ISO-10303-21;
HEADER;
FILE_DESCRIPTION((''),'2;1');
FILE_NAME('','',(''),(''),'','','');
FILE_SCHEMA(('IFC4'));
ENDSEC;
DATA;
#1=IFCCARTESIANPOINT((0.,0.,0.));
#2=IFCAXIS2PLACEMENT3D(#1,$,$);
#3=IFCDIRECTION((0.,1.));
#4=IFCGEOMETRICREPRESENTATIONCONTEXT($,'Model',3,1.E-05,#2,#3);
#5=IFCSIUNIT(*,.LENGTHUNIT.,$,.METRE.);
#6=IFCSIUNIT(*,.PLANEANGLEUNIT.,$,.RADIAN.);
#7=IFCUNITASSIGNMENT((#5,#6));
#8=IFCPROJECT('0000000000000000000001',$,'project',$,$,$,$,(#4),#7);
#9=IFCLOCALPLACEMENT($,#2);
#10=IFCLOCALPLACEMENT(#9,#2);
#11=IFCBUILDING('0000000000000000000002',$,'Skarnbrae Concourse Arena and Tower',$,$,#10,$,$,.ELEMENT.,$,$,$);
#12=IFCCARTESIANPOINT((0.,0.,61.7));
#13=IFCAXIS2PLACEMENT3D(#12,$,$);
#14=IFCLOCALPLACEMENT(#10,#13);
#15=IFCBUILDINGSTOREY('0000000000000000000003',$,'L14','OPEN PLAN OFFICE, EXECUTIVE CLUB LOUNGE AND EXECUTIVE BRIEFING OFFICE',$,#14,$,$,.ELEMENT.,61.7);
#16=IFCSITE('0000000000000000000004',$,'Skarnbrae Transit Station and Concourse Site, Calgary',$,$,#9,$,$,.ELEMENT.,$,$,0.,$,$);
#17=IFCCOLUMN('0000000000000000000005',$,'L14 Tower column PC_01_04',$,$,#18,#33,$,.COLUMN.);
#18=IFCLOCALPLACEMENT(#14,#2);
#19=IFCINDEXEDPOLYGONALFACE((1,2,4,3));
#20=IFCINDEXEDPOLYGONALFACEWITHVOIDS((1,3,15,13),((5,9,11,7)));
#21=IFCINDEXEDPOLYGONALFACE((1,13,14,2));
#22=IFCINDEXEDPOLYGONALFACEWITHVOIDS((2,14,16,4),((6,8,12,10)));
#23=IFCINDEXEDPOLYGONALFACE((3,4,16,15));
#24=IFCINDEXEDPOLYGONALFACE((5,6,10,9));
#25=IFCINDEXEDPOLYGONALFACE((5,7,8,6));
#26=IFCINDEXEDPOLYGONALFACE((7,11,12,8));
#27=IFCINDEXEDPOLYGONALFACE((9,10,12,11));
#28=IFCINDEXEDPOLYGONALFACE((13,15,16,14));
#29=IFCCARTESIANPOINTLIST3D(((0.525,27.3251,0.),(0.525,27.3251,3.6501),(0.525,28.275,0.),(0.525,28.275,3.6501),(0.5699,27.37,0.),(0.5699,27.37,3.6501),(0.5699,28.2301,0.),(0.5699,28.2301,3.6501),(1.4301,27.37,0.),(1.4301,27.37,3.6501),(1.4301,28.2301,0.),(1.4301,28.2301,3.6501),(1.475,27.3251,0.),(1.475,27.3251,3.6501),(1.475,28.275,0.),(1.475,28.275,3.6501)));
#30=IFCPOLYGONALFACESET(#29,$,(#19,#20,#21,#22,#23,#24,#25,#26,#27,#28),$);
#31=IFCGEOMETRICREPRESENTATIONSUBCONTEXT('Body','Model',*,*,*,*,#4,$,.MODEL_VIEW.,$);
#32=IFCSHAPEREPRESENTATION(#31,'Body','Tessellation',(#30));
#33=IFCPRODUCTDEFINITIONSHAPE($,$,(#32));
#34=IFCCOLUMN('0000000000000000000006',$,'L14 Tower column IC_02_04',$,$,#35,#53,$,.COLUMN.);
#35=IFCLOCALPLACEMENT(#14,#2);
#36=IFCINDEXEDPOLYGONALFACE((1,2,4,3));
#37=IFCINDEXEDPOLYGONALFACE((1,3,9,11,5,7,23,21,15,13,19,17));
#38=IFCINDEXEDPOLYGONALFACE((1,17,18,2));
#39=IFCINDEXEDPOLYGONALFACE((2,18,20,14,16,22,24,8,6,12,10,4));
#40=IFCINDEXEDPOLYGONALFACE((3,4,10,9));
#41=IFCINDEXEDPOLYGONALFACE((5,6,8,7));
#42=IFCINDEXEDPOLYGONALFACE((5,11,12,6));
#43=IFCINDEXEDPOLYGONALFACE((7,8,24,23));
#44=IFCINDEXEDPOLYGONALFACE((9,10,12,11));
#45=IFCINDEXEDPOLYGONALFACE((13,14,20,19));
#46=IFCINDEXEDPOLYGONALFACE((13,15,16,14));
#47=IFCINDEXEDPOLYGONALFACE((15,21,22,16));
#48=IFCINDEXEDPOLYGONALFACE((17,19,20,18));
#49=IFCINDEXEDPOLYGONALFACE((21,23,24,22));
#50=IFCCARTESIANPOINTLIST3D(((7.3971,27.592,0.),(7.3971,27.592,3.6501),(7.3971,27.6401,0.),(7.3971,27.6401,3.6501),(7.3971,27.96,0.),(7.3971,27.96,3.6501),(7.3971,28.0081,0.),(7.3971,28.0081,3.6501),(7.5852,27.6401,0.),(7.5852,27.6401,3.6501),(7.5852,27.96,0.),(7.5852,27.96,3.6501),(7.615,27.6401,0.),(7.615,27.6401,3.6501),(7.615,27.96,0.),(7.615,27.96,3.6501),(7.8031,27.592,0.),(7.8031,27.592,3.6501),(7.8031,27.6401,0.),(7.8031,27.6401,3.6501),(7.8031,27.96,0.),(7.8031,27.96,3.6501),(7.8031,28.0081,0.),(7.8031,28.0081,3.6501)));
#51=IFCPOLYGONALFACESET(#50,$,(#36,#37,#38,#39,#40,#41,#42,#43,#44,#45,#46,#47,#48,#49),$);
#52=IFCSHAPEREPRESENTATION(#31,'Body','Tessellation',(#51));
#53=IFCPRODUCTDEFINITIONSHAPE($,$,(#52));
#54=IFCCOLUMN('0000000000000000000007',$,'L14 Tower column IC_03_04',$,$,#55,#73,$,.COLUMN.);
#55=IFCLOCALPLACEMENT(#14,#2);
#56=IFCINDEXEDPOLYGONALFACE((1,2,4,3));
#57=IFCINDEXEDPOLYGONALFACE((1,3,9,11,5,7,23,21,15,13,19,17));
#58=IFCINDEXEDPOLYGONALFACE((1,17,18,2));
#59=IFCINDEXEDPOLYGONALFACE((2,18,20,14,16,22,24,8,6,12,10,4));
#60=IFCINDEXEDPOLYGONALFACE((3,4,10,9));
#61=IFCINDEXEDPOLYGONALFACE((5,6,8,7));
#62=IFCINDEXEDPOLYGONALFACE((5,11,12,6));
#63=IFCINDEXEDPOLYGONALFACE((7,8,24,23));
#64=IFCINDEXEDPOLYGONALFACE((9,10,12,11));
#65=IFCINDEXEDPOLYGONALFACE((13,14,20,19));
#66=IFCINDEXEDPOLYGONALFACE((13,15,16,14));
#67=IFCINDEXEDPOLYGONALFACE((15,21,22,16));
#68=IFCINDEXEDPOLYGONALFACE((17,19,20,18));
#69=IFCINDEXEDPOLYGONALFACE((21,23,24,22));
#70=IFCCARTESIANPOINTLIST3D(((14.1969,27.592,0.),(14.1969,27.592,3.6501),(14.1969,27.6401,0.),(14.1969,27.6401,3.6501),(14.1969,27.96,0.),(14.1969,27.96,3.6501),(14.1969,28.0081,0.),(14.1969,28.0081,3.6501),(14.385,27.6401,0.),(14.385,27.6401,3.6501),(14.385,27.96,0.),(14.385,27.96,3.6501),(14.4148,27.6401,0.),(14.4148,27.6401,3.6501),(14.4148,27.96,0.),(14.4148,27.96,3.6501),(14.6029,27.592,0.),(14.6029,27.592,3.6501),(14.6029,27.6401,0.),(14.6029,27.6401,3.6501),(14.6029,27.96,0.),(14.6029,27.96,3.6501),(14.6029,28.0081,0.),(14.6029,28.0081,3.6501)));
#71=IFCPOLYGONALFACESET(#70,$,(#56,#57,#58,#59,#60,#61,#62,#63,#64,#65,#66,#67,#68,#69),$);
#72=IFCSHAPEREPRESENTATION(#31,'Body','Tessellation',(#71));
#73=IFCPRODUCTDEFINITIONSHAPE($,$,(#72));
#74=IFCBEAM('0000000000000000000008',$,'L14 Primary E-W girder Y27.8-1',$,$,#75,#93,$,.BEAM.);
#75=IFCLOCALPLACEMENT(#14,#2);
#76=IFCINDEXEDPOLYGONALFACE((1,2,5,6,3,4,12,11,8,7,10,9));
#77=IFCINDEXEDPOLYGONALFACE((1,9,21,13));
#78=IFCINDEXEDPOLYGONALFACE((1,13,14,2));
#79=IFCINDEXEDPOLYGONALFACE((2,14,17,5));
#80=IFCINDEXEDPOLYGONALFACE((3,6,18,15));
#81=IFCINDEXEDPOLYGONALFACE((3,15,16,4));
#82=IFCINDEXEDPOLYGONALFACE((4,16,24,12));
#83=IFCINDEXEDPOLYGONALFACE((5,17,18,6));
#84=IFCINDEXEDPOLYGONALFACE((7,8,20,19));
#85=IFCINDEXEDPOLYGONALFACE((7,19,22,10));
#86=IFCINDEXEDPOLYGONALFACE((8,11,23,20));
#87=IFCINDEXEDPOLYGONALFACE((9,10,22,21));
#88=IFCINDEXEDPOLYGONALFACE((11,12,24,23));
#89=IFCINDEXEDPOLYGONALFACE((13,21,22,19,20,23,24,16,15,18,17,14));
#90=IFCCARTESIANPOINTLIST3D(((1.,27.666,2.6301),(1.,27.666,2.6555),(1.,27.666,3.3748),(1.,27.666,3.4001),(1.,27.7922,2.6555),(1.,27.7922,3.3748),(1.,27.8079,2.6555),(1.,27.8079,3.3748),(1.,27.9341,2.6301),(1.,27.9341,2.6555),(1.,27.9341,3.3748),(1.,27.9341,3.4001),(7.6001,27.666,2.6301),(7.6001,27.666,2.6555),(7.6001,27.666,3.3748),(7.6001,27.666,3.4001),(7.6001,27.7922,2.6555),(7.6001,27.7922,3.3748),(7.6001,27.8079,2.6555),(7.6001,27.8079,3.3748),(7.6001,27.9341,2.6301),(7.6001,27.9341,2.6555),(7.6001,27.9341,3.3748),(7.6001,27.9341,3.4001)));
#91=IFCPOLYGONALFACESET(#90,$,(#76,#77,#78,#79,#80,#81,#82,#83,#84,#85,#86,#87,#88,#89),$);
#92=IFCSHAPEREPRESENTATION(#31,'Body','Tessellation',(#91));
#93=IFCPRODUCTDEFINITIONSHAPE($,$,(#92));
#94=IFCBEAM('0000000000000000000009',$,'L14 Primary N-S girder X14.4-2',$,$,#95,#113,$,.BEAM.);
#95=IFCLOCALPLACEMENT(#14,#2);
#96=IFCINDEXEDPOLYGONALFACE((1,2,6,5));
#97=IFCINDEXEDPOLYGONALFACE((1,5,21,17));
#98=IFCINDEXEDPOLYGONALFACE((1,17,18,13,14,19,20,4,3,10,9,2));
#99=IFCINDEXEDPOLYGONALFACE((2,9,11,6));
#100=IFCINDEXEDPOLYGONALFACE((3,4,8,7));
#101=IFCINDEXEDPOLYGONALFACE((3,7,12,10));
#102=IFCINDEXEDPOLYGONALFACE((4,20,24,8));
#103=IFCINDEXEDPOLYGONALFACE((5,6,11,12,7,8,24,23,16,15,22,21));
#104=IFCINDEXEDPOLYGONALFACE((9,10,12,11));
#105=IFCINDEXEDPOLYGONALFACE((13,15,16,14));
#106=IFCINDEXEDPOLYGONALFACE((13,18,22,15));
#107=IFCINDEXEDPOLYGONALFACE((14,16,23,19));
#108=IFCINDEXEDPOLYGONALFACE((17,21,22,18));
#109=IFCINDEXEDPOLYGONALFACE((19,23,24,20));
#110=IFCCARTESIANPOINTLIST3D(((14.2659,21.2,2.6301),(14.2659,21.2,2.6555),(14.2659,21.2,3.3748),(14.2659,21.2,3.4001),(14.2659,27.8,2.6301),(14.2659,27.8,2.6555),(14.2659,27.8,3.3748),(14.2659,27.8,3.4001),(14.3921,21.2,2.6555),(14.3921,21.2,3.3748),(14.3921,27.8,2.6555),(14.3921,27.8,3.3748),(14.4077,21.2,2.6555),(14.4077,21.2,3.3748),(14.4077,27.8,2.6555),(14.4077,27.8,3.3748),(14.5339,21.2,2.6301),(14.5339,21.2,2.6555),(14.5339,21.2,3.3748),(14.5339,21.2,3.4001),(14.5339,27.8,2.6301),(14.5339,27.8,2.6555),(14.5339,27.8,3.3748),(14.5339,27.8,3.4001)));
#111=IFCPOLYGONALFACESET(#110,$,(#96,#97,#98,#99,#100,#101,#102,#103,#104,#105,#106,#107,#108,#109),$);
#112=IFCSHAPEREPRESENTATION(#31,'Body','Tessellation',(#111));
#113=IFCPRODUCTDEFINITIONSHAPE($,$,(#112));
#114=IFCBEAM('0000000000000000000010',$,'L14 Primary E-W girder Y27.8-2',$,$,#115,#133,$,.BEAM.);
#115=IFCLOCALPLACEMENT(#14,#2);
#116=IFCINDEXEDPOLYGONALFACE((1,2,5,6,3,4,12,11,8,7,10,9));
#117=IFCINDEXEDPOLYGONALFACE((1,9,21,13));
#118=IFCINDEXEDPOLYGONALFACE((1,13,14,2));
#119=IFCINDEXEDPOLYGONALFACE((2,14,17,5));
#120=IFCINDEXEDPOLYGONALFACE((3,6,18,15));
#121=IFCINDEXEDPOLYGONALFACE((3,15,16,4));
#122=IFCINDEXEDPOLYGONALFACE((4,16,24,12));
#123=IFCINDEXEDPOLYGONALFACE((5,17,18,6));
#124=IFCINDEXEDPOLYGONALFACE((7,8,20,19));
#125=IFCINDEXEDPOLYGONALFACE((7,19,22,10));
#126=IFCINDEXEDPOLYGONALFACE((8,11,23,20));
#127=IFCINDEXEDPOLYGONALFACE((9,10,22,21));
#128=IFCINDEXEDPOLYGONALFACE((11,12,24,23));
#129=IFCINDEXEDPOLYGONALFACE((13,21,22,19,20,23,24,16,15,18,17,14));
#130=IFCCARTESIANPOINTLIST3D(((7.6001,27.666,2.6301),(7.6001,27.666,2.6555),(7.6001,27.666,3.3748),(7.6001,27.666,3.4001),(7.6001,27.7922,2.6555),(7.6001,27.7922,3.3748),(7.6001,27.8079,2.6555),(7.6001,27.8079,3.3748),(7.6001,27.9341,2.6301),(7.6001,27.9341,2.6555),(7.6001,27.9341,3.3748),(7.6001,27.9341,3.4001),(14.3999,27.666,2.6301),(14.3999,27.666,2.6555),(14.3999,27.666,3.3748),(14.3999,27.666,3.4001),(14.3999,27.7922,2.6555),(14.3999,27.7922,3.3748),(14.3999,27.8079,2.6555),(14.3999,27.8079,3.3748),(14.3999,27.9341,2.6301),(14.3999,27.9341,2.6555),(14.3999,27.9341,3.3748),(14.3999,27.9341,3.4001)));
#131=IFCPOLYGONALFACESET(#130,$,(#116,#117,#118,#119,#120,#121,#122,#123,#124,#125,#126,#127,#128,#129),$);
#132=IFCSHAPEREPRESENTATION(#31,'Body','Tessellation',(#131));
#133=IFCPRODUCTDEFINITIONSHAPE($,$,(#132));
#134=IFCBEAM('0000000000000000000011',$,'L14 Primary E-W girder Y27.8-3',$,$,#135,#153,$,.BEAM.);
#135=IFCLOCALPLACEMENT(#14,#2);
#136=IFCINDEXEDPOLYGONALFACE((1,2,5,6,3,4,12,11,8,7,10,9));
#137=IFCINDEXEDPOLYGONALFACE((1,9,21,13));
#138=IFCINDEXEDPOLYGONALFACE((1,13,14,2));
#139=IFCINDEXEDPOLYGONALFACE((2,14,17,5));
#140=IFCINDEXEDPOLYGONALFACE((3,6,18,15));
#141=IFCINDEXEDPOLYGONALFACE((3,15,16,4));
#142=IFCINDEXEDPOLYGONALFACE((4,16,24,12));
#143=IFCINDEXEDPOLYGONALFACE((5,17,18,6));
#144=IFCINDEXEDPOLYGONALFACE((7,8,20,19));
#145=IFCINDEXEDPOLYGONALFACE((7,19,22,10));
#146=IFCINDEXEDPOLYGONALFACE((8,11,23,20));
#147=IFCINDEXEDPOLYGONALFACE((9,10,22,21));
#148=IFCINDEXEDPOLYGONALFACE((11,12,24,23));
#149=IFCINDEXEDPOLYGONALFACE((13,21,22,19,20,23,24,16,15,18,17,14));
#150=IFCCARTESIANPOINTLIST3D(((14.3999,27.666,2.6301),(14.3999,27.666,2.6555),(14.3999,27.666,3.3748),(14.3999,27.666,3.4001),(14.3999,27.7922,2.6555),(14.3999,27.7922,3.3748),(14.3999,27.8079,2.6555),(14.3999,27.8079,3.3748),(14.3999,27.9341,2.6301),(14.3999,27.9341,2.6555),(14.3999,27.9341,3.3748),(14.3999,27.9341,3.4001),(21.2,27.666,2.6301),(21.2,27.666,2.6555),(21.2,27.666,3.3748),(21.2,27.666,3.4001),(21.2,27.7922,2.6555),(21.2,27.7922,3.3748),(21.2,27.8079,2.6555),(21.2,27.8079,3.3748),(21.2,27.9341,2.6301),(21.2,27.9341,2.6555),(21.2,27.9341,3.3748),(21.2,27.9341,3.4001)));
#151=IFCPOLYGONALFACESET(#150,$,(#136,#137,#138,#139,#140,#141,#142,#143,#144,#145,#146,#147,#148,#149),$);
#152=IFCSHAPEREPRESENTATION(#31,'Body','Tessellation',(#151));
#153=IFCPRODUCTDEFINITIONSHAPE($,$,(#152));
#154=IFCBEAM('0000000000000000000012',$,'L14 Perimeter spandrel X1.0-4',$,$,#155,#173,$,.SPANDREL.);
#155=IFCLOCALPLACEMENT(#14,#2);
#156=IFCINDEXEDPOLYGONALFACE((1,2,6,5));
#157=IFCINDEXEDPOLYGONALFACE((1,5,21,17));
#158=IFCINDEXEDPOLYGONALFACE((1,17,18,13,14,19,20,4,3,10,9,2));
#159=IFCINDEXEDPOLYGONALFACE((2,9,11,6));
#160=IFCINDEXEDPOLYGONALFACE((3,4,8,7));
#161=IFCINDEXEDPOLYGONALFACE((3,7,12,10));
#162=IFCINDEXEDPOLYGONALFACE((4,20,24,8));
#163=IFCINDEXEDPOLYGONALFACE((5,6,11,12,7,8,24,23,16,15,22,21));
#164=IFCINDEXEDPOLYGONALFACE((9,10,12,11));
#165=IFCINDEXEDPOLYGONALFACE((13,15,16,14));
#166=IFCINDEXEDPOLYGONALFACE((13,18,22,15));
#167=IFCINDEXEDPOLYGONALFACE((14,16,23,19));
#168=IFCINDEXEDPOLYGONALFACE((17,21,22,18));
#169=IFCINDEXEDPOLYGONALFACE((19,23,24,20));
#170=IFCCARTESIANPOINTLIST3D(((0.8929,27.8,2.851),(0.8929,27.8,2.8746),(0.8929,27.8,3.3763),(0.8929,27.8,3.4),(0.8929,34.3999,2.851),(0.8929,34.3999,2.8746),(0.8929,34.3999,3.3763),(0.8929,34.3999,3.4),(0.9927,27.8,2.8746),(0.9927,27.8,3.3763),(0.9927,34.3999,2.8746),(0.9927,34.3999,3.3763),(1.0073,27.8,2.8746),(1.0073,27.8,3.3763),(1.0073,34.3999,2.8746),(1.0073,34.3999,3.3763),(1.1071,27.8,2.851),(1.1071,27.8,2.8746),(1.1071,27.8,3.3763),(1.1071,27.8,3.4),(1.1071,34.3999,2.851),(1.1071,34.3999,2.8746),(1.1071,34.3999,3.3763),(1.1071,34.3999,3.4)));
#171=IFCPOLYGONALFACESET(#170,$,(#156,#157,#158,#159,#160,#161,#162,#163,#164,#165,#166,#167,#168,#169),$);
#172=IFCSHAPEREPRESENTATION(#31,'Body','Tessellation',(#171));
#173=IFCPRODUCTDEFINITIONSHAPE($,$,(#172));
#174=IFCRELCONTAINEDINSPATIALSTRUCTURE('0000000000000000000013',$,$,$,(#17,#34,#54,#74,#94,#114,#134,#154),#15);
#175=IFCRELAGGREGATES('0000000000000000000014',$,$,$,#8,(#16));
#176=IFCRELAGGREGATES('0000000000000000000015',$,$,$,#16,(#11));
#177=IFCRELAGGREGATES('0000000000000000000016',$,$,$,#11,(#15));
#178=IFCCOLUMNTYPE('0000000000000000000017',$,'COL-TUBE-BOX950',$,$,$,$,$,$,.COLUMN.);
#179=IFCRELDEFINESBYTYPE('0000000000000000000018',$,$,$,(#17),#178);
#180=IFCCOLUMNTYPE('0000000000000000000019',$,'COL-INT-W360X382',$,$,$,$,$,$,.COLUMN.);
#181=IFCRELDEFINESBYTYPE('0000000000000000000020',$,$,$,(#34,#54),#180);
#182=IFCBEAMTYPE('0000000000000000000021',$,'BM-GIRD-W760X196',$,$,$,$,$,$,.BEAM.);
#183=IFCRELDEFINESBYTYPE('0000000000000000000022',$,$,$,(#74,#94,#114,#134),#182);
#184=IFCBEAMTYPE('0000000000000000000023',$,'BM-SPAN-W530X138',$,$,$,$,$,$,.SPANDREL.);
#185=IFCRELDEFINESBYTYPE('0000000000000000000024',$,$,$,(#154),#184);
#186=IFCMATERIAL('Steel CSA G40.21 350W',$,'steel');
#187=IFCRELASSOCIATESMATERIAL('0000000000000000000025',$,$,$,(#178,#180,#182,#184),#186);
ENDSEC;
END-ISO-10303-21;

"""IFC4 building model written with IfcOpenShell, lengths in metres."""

from ifc_helpers import new_model, si_unit, direction, frame, origin, origin_2d, place, context, subcontext, project, spatial, hollow_rectangle, i_section, extrude, source, transform, mapped, material, material_profile, profile_set, type_object, element, save


model = new_model("IFC4")

# Units and contexts
model_context = context("Model", 3, precision=1e-05, world=origin(), true_north=direction((0.0, 1.0)))
body_context = subcontext(model_context, "Body", "Model", "MODEL_VIEW")
ifc_project = project(units=[si_unit("LENGTHUNIT", "METRE"), si_unit("PLANEANGLEUNIT", "RADIAN")], contexts=[model_context])

# Site, building, storey
site_placement = place(None, origin())
site = spatial("IfcSite", under=ifc_project, at=site_placement, Name="Skarnbrae Transit Station and Concourse Site, Calgary", CompositionType="ELEMENT", RefElevation=0.0)
building_placement = place(site_placement, origin())
building = spatial("IfcBuilding", under=site, at=building_placement, Name="Skarnbrae Concourse Arena and Tower", CompositionType="ELEMENT")
storey_placement = place(building_placement, frame((0.0, 0.0, 61.7)))
storey = spatial("IfcBuildingStorey", under=building, at=storey_placement, Name="L14", Description="OPEN PLAN OFFICE, EXECUTIVE CLUB LOUNGE AND EXECUTIVE BRIEFING OFFICE", CompositionType="ELEMENT", Elevation=61.7)

# Columns
ifc_material_1 = material(Name="Steel CSA G40.21 350W", Category="steel")
ifc_material_profile_1 = material_profile(ifc_material_1, hollow_rectangle(XDim=0.95, YDim=0.95, WallThickness=0.0449, at=origin_2d()), Name="BOX950X950X45")
ifc_profile_set_1 = profile_set([ifc_material_profile_1], Name="Steel CSA G40.21 350W")
column_type_1 = type_object("IfcColumnType", Name="COL-TUBE-BOX950", PredefinedType="COLUMN", material=ifc_profile_set_1)
shared_shape_1 = source(origin(), body_context, "Body", "SweptSolid", [
    extrude(hollow_rectangle(XDim=0.95, YDim=0.95, WallThickness=0.0449, at=origin_2d()), origin(), (0.0, 0.0, 1.0), 3.6501),
])
column_placement = place(storey_placement, frame((1.0, 27.8, 0.0), z_axis=(0.0, 0.0, 1.0), x_axis=(1.0, 0.0, 0.0)))
element("IfcColumn", 1, at=column_placement, inside=storey, type_object=column_type_1, Name="L14 Tower column PC_01_04", PredefinedType="COLUMN", context=body_context, shape_type="MappedRepresentation", body=[
    mapped(shared_shape_1, transform((0.0, 0.0, 0.0))),
])
ifc_material_profile_2 = material_profile(ifc_material_1, i_section(OverallWidth=0.406, OverallDepth=0.416, WebThickness=0.0298, FlangeThickness=0.0481, at=origin_2d()), Name="W360X382")
ifc_profile_set_2 = profile_set([ifc_material_profile_2], Name="Steel CSA G40.21 350W")
column_type_2 = type_object("IfcColumnType", Name="COL-INT-W360X382", PredefinedType="COLUMN", material=ifc_profile_set_2)
shared_shape_2 = source(origin(), body_context, "Body", "SweptSolid", [
    extrude(i_section(OverallWidth=0.406, OverallDepth=0.416, WebThickness=0.0298, FlangeThickness=0.0481, at=origin_2d()), origin(), (0.0, 0.0, 1.0), 3.6501),
])
for number, where, z_axis, x_axis, name in (
    (2, (7.6001, 27.8, 0.0), (0.0, 0.0, 1.0), (1.0, 0.0, 0.0), "L14 Tower column IC_02_04"),
    (3, (14.3999, 27.8, 0.0), (0.0, 0.0, 1.0), (1.0, 0.0, 0.0), "L14 Tower column IC_03_04"),
):
    element("IfcColumn", number, at=place(storey_placement, frame(where, z_axis=z_axis, x_axis=x_axis)), inside=storey, type_object=column_type_2, Name=name, PredefinedType="COLUMN", context=body_context, shape_type="MappedRepresentation", body=[
        mapped(shared_shape_2, transform((0.0, 0.0, 0.0))),
    ])

# Beams
ifc_material_profile_3 = material_profile(ifc_material_1, i_section(OverallWidth=0.2681, OverallDepth=0.77, WebThickness=0.0156, FlangeThickness=0.0254, at=origin_2d()), Name="W760X196")
ifc_profile_set_3 = profile_set([ifc_material_profile_3], Name="Steel CSA G40.21 350W")
beam_type_1 = type_object("IfcBeamType", Name="BM-GIRD-W760X196", PredefinedType="BEAM", material=ifc_profile_set_3)
shared_shape_3 = source(origin(), body_context, "Body", "SweptSolid", [
    extrude(i_section(OverallWidth=0.2681, OverallDepth=0.77, WebThickness=0.0156, FlangeThickness=0.0254, at=origin_2d()), origin(), (0.0, 0.0, 1.0), 6.6001),
])
for number, where, z_axis, x_axis, name in (
    (4, (1.0, 27.8, 3.0151), (1.0, 0.0, 0.0), (0.0, 1.0, 0.0), "L14 Primary E-W girder Y27.8-1"),
    (5, (14.3999, 21.2, 3.0151), (0.0, 1.0, 0.0), (-1.0, 0.0, 0.0), "L14 Primary N-S girder X14.4-2"),
):
    element("IfcBeam", number, at=place(storey_placement, frame(where, z_axis=z_axis, x_axis=x_axis)), inside=storey, type_object=beam_type_1, Name=name, PredefinedType="BEAM", context=body_context, shape_type="MappedRepresentation", body=[
        mapped(shared_shape_3, transform((0.0, 0.0, 0.0))),
    ])
shared_shape_4 = source(origin(), body_context, "Body", "SweptSolid", [
    extrude(i_section(OverallWidth=0.2681, OverallDepth=0.77, WebThickness=0.0156, FlangeThickness=0.0254, at=origin_2d()), origin(), (0.0, 0.0, 1.0), 6.7998),
])
beam_1_placement = place(storey_placement, frame((7.6001, 27.8, 3.0151), z_axis=(1.0, 0.0, 0.0), x_axis=(0.0, 1.0, 0.0)))
element("IfcBeam", 6, at=beam_1_placement, inside=storey, type_object=beam_type_1, Name="L14 Primary E-W girder Y27.8-2", PredefinedType="BEAM", context=body_context, shape_type="MappedRepresentation", body=[
    mapped(shared_shape_4, transform((0.0, 0.0, 0.0))),
])
shared_shape_5 = source(origin(), body_context, "Body", "SweptSolid", [
    extrude(i_section(OverallWidth=0.2681, OverallDepth=0.77, WebThickness=0.0156, FlangeThickness=0.0254, at=origin_2d()), origin(), (0.0, 0.0, 1.0), 6.8),
])
beam_2_placement = place(storey_placement, frame((14.3999, 27.8, 3.0151), z_axis=(1.0, 0.0, 0.0), x_axis=(0.0, 1.0, 0.0)))
element("IfcBeam", 7, at=beam_2_placement, inside=storey, type_object=beam_type_1, Name="L14 Primary E-W girder Y27.8-3", PredefinedType="BEAM", context=body_context, shape_type="MappedRepresentation", body=[
    mapped(shared_shape_5, transform((0.0, 0.0, 0.0))),
])
ifc_material_profile_4 = material_profile(ifc_material_1, i_section(OverallWidth=0.2141, OverallDepth=0.5491, WebThickness=0.0146, FlangeThickness=0.0237, at=origin_2d()), Name="W530X138")
ifc_profile_set_4 = profile_set([ifc_material_profile_4], Name="Steel CSA G40.21 350W")
beam_type_2 = type_object("IfcBeamType", Name="BM-SPAN-W530X138", PredefinedType="SPANDREL", material=ifc_profile_set_4)
shared_shape_6 = source(origin(), body_context, "Body", "SweptSolid", [
    extrude(i_section(OverallWidth=0.2141, OverallDepth=0.5491, WebThickness=0.0146, FlangeThickness=0.0237, at=origin_2d()), origin(), (0.0, 0.0, 1.0), 6.5999),
])
beam_3_placement = place(storey_placement, frame((1.0, 27.8, 3.1255), z_axis=(0.0, 1.0, 0.0), x_axis=(-1.0, 0.0, 0.0)))
element("IfcBeam", 8, at=beam_3_placement, inside=storey, type_object=beam_type_2, Name="L14 Perimeter spandrel X1.0-4", PredefinedType="SPANDREL", context=body_context, shape_type="MappedRepresentation", body=[
    mapped(shared_shape_6, transform((0.0, 0.0, 0.0))),
])

save(model, "model.ifc")
